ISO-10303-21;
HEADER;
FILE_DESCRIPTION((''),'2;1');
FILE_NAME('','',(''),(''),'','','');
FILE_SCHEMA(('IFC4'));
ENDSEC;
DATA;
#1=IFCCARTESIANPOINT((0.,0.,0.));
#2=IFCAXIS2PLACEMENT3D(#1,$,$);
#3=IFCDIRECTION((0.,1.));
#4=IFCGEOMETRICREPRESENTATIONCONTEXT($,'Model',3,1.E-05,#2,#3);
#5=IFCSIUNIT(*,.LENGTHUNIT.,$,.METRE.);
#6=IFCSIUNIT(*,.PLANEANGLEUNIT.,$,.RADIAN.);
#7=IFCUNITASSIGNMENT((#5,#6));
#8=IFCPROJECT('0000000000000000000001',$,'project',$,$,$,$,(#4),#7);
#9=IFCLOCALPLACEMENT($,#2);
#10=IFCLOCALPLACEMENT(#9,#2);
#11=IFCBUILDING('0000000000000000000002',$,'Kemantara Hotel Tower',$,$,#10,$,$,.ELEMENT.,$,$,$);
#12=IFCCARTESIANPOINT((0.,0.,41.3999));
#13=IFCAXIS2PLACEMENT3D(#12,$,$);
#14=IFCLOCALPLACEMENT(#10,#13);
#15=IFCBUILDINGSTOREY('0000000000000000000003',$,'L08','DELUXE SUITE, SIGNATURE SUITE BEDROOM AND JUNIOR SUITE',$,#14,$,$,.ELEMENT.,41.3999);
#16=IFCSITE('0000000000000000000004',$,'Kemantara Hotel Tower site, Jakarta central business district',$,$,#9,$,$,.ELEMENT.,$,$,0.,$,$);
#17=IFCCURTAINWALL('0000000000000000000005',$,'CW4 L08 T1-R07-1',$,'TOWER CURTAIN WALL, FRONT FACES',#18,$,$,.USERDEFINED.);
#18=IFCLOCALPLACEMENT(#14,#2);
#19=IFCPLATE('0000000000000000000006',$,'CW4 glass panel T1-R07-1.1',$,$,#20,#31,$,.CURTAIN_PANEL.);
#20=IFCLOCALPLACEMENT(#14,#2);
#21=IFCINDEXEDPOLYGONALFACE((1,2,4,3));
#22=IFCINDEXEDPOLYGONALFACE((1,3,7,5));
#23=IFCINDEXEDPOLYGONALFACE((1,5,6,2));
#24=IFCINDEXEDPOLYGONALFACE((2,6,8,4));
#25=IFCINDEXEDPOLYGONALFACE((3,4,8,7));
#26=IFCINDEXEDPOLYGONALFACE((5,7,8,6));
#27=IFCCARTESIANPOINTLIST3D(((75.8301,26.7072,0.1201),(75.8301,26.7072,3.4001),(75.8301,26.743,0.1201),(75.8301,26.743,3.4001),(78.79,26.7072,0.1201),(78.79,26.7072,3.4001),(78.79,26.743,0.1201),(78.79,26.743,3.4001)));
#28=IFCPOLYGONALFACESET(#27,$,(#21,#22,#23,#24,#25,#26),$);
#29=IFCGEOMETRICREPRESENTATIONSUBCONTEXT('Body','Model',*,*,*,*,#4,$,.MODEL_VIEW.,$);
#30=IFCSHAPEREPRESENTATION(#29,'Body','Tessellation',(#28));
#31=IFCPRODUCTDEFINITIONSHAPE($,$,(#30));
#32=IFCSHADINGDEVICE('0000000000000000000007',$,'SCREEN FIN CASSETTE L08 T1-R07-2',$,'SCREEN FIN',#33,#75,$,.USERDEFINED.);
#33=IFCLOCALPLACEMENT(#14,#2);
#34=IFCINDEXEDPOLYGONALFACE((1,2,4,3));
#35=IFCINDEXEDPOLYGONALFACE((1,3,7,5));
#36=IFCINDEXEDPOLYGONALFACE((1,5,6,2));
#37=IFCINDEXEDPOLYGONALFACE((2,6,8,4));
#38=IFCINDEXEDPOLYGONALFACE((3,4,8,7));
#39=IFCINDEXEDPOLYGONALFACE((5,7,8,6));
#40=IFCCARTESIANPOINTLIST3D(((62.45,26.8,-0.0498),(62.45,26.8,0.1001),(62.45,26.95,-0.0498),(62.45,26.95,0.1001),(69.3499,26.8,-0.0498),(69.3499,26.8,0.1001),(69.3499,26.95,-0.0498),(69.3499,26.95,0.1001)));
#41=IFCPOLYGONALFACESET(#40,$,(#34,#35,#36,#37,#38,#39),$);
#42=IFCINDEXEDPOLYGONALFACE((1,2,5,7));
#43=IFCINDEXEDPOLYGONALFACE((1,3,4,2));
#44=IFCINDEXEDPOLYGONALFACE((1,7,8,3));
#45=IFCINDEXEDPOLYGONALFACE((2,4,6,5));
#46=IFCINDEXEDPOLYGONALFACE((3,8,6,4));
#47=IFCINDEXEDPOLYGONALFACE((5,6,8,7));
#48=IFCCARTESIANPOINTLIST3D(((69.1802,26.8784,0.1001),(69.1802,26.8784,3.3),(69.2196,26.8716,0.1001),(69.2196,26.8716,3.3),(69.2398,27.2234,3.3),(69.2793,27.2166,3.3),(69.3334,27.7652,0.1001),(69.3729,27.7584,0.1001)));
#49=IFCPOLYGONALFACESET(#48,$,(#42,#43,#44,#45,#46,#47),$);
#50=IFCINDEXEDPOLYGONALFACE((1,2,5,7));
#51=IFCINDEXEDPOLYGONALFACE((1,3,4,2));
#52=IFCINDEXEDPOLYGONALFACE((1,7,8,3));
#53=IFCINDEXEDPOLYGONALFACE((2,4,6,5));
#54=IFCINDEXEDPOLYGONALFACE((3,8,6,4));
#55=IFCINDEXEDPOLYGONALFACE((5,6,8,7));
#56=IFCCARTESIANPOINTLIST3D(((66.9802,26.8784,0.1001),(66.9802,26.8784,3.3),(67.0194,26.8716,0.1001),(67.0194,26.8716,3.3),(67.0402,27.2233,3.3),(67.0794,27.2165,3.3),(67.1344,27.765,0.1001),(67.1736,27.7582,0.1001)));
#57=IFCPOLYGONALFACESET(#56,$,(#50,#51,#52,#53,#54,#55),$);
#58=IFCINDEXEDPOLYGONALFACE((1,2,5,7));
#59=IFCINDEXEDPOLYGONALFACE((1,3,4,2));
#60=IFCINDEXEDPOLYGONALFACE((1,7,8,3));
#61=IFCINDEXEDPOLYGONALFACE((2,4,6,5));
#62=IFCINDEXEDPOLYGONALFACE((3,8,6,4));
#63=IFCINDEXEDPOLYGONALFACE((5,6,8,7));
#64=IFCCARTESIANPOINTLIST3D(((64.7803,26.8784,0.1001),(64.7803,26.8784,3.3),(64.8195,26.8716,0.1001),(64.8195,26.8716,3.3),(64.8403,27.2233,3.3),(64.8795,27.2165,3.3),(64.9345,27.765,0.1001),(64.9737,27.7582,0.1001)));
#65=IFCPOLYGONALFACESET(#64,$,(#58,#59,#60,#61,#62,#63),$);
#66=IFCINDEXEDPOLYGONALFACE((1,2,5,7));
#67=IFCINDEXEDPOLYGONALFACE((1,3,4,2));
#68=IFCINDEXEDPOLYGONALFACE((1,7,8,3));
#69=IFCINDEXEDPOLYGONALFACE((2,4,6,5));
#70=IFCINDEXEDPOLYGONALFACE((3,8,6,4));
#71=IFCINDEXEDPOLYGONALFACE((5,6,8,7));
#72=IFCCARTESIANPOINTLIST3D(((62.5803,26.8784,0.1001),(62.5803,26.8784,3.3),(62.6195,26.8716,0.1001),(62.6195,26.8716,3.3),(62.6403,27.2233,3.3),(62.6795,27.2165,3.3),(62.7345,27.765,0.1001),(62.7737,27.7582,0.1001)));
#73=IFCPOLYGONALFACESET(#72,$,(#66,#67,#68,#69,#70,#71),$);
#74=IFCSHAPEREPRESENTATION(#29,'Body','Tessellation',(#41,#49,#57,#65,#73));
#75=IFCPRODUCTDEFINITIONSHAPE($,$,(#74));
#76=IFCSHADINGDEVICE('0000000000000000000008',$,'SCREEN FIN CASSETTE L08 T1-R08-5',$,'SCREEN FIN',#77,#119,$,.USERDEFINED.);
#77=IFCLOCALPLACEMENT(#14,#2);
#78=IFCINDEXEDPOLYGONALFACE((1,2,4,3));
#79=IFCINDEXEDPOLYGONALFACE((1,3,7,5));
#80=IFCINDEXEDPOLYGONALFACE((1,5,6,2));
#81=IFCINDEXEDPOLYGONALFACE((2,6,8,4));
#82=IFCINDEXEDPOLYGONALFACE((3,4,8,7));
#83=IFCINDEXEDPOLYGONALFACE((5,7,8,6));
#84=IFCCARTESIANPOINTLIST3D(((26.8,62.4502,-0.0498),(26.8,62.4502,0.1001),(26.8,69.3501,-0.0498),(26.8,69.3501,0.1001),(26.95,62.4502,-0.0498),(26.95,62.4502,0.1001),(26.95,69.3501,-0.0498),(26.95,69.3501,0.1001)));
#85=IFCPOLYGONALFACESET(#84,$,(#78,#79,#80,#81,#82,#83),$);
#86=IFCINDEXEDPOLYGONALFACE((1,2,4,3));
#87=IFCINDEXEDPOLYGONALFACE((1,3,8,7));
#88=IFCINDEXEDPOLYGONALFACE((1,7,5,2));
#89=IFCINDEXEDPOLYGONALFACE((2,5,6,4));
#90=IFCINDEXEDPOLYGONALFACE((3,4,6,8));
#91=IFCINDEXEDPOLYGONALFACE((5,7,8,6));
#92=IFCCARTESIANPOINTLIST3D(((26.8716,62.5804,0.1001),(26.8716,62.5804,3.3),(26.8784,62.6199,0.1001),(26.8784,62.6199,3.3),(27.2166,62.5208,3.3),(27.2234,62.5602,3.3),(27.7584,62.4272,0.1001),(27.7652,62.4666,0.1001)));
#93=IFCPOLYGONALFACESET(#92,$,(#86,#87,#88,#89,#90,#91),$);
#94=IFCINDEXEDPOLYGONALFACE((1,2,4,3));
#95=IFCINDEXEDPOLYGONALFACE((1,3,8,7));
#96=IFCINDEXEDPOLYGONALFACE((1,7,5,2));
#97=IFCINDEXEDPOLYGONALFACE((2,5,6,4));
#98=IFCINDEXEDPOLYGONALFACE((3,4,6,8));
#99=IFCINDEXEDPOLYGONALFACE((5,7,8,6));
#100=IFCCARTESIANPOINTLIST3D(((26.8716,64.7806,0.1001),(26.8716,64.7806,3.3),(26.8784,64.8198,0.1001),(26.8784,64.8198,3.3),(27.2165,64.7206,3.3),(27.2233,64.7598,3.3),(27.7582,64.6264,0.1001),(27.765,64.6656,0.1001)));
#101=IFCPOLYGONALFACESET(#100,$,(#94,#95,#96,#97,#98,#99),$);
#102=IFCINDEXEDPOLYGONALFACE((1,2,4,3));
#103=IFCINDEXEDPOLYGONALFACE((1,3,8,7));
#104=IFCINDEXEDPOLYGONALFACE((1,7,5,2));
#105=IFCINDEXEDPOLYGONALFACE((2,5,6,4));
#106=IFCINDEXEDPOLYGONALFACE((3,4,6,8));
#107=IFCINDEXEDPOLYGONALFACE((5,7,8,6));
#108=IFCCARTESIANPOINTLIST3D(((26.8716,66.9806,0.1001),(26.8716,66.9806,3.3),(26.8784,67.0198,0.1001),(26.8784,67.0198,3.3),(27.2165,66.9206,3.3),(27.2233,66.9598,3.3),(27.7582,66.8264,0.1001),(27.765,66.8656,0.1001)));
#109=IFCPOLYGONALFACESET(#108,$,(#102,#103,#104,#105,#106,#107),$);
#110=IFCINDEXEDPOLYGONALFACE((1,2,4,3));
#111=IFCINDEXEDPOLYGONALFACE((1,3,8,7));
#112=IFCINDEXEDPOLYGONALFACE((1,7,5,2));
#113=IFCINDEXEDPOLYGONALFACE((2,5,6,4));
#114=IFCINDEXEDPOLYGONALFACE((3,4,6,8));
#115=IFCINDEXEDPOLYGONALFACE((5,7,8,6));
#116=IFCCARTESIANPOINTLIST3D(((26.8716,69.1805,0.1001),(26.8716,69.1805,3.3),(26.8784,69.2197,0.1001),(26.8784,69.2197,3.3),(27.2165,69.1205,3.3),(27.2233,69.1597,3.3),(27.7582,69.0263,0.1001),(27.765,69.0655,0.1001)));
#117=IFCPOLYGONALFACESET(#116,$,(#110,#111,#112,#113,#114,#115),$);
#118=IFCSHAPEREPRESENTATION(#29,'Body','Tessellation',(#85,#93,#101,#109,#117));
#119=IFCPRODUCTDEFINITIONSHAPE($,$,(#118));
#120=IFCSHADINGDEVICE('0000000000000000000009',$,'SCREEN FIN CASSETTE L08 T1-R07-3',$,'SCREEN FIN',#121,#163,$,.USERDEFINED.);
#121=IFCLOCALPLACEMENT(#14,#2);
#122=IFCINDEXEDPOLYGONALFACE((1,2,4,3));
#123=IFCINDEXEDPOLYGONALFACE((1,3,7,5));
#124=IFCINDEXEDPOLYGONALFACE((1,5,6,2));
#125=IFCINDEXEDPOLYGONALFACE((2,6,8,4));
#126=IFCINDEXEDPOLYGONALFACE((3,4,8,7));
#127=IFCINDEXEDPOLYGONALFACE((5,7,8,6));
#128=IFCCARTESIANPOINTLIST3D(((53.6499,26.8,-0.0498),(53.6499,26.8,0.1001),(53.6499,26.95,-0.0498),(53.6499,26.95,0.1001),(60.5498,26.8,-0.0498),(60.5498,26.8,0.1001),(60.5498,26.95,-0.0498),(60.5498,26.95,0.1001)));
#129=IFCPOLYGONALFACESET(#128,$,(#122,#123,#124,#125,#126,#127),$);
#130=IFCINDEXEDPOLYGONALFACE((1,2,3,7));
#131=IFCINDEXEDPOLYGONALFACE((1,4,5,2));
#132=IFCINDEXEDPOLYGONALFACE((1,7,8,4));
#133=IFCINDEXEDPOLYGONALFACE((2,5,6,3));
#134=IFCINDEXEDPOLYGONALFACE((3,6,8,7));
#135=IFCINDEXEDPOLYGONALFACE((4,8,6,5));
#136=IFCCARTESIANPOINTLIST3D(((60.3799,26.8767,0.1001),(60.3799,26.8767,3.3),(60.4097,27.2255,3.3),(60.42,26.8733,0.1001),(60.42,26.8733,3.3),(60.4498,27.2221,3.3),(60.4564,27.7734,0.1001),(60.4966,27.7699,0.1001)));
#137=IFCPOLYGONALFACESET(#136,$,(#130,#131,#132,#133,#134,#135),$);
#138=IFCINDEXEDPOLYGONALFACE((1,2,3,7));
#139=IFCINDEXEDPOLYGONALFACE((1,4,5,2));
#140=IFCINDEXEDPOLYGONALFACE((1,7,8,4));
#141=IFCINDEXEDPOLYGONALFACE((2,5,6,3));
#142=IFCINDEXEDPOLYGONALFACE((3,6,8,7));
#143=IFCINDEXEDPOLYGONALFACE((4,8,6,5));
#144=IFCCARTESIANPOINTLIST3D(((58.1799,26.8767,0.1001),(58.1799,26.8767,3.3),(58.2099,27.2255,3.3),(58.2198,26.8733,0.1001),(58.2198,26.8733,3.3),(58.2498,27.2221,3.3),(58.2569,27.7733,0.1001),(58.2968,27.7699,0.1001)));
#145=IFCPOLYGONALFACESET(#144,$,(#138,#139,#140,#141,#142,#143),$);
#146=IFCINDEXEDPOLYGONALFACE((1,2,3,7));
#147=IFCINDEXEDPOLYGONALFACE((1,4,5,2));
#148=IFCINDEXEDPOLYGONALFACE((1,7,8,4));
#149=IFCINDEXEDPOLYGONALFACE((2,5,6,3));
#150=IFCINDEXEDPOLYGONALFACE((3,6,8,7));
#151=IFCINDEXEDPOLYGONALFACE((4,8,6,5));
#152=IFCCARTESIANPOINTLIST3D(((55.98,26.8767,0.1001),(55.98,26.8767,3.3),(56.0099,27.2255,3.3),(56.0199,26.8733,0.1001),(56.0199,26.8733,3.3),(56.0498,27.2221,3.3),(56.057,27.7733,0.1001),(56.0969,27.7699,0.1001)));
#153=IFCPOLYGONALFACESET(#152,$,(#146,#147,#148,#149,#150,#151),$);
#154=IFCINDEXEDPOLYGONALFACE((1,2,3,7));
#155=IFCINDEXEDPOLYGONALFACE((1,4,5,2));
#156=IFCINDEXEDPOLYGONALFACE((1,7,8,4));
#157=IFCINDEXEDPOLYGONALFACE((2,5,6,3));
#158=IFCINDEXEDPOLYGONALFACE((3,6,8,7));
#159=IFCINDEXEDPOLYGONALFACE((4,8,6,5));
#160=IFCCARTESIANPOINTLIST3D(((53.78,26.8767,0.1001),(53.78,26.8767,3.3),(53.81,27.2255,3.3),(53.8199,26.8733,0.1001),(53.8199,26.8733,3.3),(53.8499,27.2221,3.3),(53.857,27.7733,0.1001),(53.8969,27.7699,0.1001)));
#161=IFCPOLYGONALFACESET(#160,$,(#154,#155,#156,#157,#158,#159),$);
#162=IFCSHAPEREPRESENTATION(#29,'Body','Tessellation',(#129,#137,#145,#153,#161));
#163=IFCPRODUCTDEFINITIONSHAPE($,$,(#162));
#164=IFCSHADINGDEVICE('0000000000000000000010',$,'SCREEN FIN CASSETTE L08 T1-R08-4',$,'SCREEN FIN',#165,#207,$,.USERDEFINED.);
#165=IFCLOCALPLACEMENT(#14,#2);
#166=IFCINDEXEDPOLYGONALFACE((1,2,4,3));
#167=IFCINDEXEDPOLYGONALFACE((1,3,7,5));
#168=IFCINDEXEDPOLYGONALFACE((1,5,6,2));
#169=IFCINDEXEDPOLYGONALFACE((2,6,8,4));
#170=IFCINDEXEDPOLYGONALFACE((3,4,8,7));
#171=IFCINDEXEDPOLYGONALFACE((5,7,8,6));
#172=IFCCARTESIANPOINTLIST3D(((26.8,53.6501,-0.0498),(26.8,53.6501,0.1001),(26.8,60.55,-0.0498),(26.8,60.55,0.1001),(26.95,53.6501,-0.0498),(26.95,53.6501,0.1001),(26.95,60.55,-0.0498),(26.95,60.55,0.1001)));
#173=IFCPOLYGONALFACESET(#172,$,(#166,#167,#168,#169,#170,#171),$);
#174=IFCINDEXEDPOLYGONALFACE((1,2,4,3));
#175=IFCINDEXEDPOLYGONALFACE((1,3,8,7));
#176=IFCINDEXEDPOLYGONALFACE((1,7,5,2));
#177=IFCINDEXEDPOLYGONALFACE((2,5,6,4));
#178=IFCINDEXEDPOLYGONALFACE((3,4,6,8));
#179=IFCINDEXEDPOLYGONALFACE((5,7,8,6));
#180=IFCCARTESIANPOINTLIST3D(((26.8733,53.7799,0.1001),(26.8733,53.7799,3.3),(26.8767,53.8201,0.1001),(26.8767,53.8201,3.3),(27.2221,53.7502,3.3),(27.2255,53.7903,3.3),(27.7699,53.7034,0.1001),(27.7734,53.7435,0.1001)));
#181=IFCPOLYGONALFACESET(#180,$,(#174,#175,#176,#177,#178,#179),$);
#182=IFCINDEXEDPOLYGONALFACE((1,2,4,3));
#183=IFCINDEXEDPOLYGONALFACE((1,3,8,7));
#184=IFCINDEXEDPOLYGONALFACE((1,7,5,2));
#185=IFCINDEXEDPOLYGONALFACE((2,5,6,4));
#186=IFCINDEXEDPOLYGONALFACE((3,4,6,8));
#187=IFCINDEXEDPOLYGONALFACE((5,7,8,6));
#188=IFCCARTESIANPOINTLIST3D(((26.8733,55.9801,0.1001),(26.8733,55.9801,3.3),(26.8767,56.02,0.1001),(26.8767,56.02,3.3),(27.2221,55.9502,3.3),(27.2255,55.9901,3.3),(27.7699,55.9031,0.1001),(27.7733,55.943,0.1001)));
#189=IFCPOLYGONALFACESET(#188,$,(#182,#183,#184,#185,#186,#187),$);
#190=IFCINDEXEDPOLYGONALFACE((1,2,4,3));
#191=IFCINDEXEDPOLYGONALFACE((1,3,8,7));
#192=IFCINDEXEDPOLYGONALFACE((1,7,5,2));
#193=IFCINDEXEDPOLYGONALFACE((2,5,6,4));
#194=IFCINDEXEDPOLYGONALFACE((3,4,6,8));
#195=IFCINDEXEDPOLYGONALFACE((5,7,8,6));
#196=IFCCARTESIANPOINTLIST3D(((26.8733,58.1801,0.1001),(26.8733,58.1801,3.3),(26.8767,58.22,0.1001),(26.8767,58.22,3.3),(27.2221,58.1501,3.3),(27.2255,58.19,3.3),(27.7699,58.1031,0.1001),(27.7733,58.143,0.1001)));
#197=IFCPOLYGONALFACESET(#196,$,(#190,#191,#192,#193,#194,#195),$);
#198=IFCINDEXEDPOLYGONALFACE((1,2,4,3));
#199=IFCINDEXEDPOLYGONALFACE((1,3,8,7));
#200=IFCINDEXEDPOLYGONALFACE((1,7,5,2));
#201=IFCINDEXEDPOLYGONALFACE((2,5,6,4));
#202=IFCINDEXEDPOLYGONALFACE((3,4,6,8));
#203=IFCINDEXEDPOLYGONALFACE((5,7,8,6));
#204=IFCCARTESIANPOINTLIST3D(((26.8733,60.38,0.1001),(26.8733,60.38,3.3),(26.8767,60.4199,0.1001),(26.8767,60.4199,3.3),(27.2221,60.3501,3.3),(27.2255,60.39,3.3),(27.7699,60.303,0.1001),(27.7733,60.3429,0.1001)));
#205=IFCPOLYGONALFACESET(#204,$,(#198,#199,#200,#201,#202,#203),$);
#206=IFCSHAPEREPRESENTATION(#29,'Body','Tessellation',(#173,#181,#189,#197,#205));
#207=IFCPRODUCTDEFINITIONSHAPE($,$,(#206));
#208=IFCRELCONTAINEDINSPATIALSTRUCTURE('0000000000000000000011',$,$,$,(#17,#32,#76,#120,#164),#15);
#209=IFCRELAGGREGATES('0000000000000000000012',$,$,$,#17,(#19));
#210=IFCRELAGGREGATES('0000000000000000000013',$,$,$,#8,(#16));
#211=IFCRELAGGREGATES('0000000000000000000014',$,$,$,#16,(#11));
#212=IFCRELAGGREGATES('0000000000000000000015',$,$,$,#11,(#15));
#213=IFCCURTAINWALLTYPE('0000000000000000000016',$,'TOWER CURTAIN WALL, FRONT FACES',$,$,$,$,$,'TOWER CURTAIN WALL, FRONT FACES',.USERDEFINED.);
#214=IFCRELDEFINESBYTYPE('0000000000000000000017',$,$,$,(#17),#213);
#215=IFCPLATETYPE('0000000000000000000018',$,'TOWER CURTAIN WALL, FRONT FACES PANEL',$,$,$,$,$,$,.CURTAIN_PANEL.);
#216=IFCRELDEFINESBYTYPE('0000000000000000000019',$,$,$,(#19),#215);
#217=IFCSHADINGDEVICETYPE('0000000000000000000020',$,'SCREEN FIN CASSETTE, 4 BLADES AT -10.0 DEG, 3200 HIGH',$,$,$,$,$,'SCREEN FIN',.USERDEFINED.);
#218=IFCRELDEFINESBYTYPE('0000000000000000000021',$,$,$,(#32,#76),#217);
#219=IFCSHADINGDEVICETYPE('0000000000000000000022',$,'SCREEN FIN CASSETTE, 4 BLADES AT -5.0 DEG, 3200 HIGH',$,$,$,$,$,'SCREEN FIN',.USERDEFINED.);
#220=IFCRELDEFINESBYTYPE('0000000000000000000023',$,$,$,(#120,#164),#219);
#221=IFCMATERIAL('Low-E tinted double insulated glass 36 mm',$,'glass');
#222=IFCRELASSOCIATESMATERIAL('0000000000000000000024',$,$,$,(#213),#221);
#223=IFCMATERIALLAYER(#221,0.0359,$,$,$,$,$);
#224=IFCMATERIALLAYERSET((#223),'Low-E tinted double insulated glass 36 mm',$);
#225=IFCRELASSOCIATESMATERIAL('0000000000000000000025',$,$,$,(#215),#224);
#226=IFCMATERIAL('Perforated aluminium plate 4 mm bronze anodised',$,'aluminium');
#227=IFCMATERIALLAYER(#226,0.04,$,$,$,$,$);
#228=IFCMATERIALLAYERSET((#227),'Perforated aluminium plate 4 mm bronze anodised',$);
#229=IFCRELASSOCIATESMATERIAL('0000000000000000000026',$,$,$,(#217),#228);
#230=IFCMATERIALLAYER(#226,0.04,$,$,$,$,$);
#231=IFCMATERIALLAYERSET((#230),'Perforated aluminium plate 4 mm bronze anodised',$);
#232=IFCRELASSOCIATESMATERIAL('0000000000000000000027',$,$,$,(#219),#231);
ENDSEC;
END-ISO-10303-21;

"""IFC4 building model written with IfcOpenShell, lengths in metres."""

from ifc_helpers import new_model, si_unit, direction, frame, origin, origin_2d, place, context, subcontext, project, spatial, polyline, rectangle, outline, extrude, source, transform, mapped, material, layer, layer_set, type_object, element, aggregate, save


model = new_model("IFC4")

# Units and contexts
model_context = context("Model", 3, precision=1e-05, world=origin(), true_north=direction((0.0, 1.0)))
body_context = subcontext(model_context, "Body", "Model", "MODEL_VIEW")
ifc_project = project(units=[si_unit("LENGTHUNIT", "METRE"), si_unit("PLANEANGLEUNIT", "RADIAN")], contexts=[model_context])

# Site, building, storey
site_placement = place(None, origin())
site = spatial("IfcSite", under=ifc_project, at=site_placement, Name="Kemantara Hotel Tower site, Jakarta central business district", CompositionType="ELEMENT", RefElevation=0.0)
building_placement = place(site_placement, origin())
building = spatial("IfcBuilding", under=site, at=building_placement, Name="Kemantara Hotel Tower", CompositionType="ELEMENT")
storey_placement = place(building_placement, frame((0.0, 0.0, 41.3999)))
storey = spatial("IfcBuildingStorey", under=building, at=storey_placement, Name="L08", Description="DELUXE SUITE, SIGNATURE SUITE BEDROOM AND JUNIOR SUITE", CompositionType="ELEMENT", Elevation=41.3999)

# Curtain wall
ifc_material_1 = material(Name="Low-E tinted double insulated glass 36 mm", Category="glass")
curtain_wall_type = type_object("IfcCurtainWallType", Name="TOWER CURTAIN WALL, FRONT FACES", ElementType="TOWER CURTAIN WALL, FRONT FACES", PredefinedType="USERDEFINED", material=ifc_material_1)
curtain_wall_1_placement = place(storey_placement, origin())
curtain_wall_1 = element("IfcCurtainWall", 1, at=curtain_wall_1_placement, inside=storey, type_object=curtain_wall_type, Name="CW4 L08 T1-R07-1", ObjectType="TOWER CURTAIN WALL, FRONT FACES", PredefinedType="USERDEFINED")

# Plate
ifc_layer_1 = layer(ifc_material_1, 0.0359)
ifc_layer_set_1 = layer_set([ifc_layer_1], Name="Low-E tinted double insulated glass 36 mm")
plate_type = type_object("IfcPlateType", Name="TOWER CURTAIN WALL, FRONT FACES PANEL", PredefinedType="CURTAIN_PANEL", material=ifc_layer_set_1)
shared_shape_1 = source(origin(), body_context, "Body", "SweptSolid", [
    extrude(rectangle(XDim=2.96, YDim=0.0359, at=origin_2d()), origin(), (0.0, 0.0, 1.0), 3.28),
])
plate_1_placement = place(storey_placement, frame((77.3101, 26.7251, 0.1201), z_axis=(0.0, 0.0, 1.0), x_axis=(-1.0, 0.0, 0.0)))
plate_1 = element("IfcPlate", 2, at=plate_1_placement, type_object=plate_type, Name="CW4 glass panel T1-R07-1.1", PredefinedType="CURTAIN_PANEL", context=body_context, shape_type="MappedRepresentation", body=[
    mapped(shared_shape_1, transform((0.0, 0.0, 0.0))),
])
aggregate(curtain_wall_1, [plate_1])

# Shading devices
ifc_material_2 = material(Name="Perforated aluminium plate 4 mm bronze anodised", Category="aluminium")
ifc_layer_2 = layer(ifc_material_2, 0.04)
ifc_layer_set_2 = layer_set([ifc_layer_2], Name="Perforated aluminium plate 4 mm bronze anodised")
shading_device_type_1 = type_object("IfcShadingDeviceType", Name="SCREEN FIN CASSETTE, 4 BLADES AT -10.0 DEG, 3200 HIGH", ElementType="SCREEN FIN", PredefinedType="USERDEFINED", material=ifc_layer_set_2)
shared_shape_2 = source(origin(), body_context, "Body", "SweptSolid", [
    extrude(rectangle(XDim=6.8999, YDim=0.1499, at=origin_2d()), frame((3.3, -0.075, -0.1499), z_axis=(0.0, 0.0, 1.0), x_axis=(1.0, 0.0, 0.0)), (0.0, 0.0, 1.0), 0.1499),
    extrude(outline(polyline([(0.0, 0.0), (0.8999, 0.0), (0.3501, 3.2), (0.0, 3.2), (0.0, 0.0)])), frame((0.0198, -0.0784, 0.0), z_axis=(-0.98539, 0.170314, 0.0), x_axis=(-0.170314, -0.98539, 0.0)), (0.0, 0.0, 1.0), 0.04),
    extrude(outline(polyline([(0.0, 0.0), (0.8999, 0.0), (0.3501, 3.2), (0.0, 3.2), (0.0, 0.0)])), frame((2.2197, -0.0784, 0.0), z_axis=(-0.985212, 0.171341, 0.0), x_axis=(-0.171341, -0.985212, 0.0)), (0.0, 0.0, 1.0), 0.0398),
    extrude(outline(polyline([(0.0, 0.0), (0.8999, 0.0), (0.3501, 3.2), (0.0, 3.2), (0.0, 0.0)])), frame((4.4197, -0.0784, 0.0), z_axis=(-0.985212, 0.171341, 0.0), x_axis=(-0.171341, -0.985212, 0.0)), (0.0, 0.0, 1.0), 0.0398),
    extrude(outline(polyline([(0.0, 0.0), (0.8999, 0.0), (0.3501, 3.2), (0.0, 3.2), (0.0, 0.0)])), frame((6.6196, -0.0784, 0.0), z_axis=(-0.985212, 0.171341, 0.0), x_axis=(-0.171341, -0.985212, 0.0)), (0.0, 0.0, 1.0), 0.0398),
])
for number, where, z_axis, x_axis, name in (
    (3, (69.2, 26.8, 0.1001), (0.0, 0.0, 1.0), (-1.0, 0.0, 0.0), "SCREEN FIN CASSETTE L08 T1-R07-2"),
    (4, (26.8, 62.6001, 0.1001), (0.0, 0.0, 1.0), (0.0, 1.0, 0.0), "SCREEN FIN CASSETTE L08 T1-R08-5"),
):
    element("IfcShadingDevice", number, at=place(storey_placement, frame(where, z_axis=z_axis, x_axis=x_axis)), inside=storey, type_object=shading_device_type_1, Name=name, ObjectType="SCREEN FIN", PredefinedType="USERDEFINED", context=body_context, shape_type="MappedRepresentation", body=[
        mapped(shared_shape_2, transform((0.0, 0.0, 0.0))),
    ])
ifc_layer_3 = layer(ifc_material_2, 0.04)
ifc_layer_set_3 = layer_set([ifc_layer_3], Name="Perforated aluminium plate 4 mm bronze anodised")
shading_device_type_2 = type_object("IfcShadingDeviceType", Name="SCREEN FIN CASSETTE, 4 BLADES AT -5.0 DEG, 3200 HIGH", ElementType="SCREEN FIN", PredefinedType="USERDEFINED", material=ifc_layer_set_3)
shared_shape_3 = source(origin(), body_context, "Body", "SweptSolid", [
    extrude(rectangle(XDim=6.8999, YDim=0.1499, at=origin_2d()), frame((3.3, -0.075, -0.1499), z_axis=(0.0, 0.0, 1.0), x_axis=(1.0, 0.0, 0.0)), (0.0, 0.0, 1.0), 0.1499),
    extrude(outline(polyline([(0.0, 0.0), (0.8999, 0.0), (0.3501, 3.2), (0.0, 3.2), (0.0, 0.0)])), frame((0.02, -0.0767, 0.0), z_axis=(-0.996376, 0.085056, 0.0), x_axis=(-0.085056, -0.996376, 0.0)), (0.0, 0.0, 1.0), 0.0403),
    extrude(outline(polyline([(0.0, 0.0), (0.8999, 0.0), (0.3501, 3.2), (0.0, 3.2), (0.0, 0.0)])), frame((2.22, -0.0767, 0.0), z_axis=(-0.996332, 0.085575, 0.0), x_axis=(-0.085575, -0.996332, 0.0)), (0.0, 0.0, 1.0), 0.04),
    extrude(outline(polyline([(0.0, 0.0), (0.8999, 0.0), (0.3501, 3.2), (0.0, 3.2), (0.0, 0.0)])), frame((4.4199, -0.0767, 0.0), z_axis=(-0.996332, 0.085575, 0.0), x_axis=(-0.085575, -0.996332, 0.0)), (0.0, 0.0, 1.0), 0.04),
    extrude(outline(polyline([(0.0, 0.0), (0.8999, 0.0), (0.3501, 3.2), (0.0, 3.2), (0.0, 0.0)])), frame((6.6199, -0.0767, 0.0), z_axis=(-0.996332, 0.085575, 0.0), x_axis=(-0.085575, -0.996332, 0.0)), (0.0, 0.0, 1.0), 0.04),
])
for number, where, z_axis, x_axis, name in (
    (5, (60.3999, 26.8, 0.1001), (0.0, 0.0, 1.0), (-1.0, 0.0, 0.0), "SCREEN FIN CASSETTE L08 T1-R07-3"),
    (6, (26.8, 53.8, 0.1001), (0.0, 0.0, 1.0), (0.0, 1.0, 0.0), "SCREEN FIN CASSETTE L08 T1-R08-4"),
):
    element("IfcShadingDevice", number, at=place(storey_placement, frame(where, z_axis=z_axis, x_axis=x_axis)), inside=storey, type_object=shading_device_type_2, Name=name, ObjectType="SCREEN FIN", PredefinedType="USERDEFINED", context=body_context, shape_type="MappedRepresentation", body=[
        mapped(shared_shape_3, transform((0.0, 0.0, 0.0))),
    ])

save(model, "model.ifc")
